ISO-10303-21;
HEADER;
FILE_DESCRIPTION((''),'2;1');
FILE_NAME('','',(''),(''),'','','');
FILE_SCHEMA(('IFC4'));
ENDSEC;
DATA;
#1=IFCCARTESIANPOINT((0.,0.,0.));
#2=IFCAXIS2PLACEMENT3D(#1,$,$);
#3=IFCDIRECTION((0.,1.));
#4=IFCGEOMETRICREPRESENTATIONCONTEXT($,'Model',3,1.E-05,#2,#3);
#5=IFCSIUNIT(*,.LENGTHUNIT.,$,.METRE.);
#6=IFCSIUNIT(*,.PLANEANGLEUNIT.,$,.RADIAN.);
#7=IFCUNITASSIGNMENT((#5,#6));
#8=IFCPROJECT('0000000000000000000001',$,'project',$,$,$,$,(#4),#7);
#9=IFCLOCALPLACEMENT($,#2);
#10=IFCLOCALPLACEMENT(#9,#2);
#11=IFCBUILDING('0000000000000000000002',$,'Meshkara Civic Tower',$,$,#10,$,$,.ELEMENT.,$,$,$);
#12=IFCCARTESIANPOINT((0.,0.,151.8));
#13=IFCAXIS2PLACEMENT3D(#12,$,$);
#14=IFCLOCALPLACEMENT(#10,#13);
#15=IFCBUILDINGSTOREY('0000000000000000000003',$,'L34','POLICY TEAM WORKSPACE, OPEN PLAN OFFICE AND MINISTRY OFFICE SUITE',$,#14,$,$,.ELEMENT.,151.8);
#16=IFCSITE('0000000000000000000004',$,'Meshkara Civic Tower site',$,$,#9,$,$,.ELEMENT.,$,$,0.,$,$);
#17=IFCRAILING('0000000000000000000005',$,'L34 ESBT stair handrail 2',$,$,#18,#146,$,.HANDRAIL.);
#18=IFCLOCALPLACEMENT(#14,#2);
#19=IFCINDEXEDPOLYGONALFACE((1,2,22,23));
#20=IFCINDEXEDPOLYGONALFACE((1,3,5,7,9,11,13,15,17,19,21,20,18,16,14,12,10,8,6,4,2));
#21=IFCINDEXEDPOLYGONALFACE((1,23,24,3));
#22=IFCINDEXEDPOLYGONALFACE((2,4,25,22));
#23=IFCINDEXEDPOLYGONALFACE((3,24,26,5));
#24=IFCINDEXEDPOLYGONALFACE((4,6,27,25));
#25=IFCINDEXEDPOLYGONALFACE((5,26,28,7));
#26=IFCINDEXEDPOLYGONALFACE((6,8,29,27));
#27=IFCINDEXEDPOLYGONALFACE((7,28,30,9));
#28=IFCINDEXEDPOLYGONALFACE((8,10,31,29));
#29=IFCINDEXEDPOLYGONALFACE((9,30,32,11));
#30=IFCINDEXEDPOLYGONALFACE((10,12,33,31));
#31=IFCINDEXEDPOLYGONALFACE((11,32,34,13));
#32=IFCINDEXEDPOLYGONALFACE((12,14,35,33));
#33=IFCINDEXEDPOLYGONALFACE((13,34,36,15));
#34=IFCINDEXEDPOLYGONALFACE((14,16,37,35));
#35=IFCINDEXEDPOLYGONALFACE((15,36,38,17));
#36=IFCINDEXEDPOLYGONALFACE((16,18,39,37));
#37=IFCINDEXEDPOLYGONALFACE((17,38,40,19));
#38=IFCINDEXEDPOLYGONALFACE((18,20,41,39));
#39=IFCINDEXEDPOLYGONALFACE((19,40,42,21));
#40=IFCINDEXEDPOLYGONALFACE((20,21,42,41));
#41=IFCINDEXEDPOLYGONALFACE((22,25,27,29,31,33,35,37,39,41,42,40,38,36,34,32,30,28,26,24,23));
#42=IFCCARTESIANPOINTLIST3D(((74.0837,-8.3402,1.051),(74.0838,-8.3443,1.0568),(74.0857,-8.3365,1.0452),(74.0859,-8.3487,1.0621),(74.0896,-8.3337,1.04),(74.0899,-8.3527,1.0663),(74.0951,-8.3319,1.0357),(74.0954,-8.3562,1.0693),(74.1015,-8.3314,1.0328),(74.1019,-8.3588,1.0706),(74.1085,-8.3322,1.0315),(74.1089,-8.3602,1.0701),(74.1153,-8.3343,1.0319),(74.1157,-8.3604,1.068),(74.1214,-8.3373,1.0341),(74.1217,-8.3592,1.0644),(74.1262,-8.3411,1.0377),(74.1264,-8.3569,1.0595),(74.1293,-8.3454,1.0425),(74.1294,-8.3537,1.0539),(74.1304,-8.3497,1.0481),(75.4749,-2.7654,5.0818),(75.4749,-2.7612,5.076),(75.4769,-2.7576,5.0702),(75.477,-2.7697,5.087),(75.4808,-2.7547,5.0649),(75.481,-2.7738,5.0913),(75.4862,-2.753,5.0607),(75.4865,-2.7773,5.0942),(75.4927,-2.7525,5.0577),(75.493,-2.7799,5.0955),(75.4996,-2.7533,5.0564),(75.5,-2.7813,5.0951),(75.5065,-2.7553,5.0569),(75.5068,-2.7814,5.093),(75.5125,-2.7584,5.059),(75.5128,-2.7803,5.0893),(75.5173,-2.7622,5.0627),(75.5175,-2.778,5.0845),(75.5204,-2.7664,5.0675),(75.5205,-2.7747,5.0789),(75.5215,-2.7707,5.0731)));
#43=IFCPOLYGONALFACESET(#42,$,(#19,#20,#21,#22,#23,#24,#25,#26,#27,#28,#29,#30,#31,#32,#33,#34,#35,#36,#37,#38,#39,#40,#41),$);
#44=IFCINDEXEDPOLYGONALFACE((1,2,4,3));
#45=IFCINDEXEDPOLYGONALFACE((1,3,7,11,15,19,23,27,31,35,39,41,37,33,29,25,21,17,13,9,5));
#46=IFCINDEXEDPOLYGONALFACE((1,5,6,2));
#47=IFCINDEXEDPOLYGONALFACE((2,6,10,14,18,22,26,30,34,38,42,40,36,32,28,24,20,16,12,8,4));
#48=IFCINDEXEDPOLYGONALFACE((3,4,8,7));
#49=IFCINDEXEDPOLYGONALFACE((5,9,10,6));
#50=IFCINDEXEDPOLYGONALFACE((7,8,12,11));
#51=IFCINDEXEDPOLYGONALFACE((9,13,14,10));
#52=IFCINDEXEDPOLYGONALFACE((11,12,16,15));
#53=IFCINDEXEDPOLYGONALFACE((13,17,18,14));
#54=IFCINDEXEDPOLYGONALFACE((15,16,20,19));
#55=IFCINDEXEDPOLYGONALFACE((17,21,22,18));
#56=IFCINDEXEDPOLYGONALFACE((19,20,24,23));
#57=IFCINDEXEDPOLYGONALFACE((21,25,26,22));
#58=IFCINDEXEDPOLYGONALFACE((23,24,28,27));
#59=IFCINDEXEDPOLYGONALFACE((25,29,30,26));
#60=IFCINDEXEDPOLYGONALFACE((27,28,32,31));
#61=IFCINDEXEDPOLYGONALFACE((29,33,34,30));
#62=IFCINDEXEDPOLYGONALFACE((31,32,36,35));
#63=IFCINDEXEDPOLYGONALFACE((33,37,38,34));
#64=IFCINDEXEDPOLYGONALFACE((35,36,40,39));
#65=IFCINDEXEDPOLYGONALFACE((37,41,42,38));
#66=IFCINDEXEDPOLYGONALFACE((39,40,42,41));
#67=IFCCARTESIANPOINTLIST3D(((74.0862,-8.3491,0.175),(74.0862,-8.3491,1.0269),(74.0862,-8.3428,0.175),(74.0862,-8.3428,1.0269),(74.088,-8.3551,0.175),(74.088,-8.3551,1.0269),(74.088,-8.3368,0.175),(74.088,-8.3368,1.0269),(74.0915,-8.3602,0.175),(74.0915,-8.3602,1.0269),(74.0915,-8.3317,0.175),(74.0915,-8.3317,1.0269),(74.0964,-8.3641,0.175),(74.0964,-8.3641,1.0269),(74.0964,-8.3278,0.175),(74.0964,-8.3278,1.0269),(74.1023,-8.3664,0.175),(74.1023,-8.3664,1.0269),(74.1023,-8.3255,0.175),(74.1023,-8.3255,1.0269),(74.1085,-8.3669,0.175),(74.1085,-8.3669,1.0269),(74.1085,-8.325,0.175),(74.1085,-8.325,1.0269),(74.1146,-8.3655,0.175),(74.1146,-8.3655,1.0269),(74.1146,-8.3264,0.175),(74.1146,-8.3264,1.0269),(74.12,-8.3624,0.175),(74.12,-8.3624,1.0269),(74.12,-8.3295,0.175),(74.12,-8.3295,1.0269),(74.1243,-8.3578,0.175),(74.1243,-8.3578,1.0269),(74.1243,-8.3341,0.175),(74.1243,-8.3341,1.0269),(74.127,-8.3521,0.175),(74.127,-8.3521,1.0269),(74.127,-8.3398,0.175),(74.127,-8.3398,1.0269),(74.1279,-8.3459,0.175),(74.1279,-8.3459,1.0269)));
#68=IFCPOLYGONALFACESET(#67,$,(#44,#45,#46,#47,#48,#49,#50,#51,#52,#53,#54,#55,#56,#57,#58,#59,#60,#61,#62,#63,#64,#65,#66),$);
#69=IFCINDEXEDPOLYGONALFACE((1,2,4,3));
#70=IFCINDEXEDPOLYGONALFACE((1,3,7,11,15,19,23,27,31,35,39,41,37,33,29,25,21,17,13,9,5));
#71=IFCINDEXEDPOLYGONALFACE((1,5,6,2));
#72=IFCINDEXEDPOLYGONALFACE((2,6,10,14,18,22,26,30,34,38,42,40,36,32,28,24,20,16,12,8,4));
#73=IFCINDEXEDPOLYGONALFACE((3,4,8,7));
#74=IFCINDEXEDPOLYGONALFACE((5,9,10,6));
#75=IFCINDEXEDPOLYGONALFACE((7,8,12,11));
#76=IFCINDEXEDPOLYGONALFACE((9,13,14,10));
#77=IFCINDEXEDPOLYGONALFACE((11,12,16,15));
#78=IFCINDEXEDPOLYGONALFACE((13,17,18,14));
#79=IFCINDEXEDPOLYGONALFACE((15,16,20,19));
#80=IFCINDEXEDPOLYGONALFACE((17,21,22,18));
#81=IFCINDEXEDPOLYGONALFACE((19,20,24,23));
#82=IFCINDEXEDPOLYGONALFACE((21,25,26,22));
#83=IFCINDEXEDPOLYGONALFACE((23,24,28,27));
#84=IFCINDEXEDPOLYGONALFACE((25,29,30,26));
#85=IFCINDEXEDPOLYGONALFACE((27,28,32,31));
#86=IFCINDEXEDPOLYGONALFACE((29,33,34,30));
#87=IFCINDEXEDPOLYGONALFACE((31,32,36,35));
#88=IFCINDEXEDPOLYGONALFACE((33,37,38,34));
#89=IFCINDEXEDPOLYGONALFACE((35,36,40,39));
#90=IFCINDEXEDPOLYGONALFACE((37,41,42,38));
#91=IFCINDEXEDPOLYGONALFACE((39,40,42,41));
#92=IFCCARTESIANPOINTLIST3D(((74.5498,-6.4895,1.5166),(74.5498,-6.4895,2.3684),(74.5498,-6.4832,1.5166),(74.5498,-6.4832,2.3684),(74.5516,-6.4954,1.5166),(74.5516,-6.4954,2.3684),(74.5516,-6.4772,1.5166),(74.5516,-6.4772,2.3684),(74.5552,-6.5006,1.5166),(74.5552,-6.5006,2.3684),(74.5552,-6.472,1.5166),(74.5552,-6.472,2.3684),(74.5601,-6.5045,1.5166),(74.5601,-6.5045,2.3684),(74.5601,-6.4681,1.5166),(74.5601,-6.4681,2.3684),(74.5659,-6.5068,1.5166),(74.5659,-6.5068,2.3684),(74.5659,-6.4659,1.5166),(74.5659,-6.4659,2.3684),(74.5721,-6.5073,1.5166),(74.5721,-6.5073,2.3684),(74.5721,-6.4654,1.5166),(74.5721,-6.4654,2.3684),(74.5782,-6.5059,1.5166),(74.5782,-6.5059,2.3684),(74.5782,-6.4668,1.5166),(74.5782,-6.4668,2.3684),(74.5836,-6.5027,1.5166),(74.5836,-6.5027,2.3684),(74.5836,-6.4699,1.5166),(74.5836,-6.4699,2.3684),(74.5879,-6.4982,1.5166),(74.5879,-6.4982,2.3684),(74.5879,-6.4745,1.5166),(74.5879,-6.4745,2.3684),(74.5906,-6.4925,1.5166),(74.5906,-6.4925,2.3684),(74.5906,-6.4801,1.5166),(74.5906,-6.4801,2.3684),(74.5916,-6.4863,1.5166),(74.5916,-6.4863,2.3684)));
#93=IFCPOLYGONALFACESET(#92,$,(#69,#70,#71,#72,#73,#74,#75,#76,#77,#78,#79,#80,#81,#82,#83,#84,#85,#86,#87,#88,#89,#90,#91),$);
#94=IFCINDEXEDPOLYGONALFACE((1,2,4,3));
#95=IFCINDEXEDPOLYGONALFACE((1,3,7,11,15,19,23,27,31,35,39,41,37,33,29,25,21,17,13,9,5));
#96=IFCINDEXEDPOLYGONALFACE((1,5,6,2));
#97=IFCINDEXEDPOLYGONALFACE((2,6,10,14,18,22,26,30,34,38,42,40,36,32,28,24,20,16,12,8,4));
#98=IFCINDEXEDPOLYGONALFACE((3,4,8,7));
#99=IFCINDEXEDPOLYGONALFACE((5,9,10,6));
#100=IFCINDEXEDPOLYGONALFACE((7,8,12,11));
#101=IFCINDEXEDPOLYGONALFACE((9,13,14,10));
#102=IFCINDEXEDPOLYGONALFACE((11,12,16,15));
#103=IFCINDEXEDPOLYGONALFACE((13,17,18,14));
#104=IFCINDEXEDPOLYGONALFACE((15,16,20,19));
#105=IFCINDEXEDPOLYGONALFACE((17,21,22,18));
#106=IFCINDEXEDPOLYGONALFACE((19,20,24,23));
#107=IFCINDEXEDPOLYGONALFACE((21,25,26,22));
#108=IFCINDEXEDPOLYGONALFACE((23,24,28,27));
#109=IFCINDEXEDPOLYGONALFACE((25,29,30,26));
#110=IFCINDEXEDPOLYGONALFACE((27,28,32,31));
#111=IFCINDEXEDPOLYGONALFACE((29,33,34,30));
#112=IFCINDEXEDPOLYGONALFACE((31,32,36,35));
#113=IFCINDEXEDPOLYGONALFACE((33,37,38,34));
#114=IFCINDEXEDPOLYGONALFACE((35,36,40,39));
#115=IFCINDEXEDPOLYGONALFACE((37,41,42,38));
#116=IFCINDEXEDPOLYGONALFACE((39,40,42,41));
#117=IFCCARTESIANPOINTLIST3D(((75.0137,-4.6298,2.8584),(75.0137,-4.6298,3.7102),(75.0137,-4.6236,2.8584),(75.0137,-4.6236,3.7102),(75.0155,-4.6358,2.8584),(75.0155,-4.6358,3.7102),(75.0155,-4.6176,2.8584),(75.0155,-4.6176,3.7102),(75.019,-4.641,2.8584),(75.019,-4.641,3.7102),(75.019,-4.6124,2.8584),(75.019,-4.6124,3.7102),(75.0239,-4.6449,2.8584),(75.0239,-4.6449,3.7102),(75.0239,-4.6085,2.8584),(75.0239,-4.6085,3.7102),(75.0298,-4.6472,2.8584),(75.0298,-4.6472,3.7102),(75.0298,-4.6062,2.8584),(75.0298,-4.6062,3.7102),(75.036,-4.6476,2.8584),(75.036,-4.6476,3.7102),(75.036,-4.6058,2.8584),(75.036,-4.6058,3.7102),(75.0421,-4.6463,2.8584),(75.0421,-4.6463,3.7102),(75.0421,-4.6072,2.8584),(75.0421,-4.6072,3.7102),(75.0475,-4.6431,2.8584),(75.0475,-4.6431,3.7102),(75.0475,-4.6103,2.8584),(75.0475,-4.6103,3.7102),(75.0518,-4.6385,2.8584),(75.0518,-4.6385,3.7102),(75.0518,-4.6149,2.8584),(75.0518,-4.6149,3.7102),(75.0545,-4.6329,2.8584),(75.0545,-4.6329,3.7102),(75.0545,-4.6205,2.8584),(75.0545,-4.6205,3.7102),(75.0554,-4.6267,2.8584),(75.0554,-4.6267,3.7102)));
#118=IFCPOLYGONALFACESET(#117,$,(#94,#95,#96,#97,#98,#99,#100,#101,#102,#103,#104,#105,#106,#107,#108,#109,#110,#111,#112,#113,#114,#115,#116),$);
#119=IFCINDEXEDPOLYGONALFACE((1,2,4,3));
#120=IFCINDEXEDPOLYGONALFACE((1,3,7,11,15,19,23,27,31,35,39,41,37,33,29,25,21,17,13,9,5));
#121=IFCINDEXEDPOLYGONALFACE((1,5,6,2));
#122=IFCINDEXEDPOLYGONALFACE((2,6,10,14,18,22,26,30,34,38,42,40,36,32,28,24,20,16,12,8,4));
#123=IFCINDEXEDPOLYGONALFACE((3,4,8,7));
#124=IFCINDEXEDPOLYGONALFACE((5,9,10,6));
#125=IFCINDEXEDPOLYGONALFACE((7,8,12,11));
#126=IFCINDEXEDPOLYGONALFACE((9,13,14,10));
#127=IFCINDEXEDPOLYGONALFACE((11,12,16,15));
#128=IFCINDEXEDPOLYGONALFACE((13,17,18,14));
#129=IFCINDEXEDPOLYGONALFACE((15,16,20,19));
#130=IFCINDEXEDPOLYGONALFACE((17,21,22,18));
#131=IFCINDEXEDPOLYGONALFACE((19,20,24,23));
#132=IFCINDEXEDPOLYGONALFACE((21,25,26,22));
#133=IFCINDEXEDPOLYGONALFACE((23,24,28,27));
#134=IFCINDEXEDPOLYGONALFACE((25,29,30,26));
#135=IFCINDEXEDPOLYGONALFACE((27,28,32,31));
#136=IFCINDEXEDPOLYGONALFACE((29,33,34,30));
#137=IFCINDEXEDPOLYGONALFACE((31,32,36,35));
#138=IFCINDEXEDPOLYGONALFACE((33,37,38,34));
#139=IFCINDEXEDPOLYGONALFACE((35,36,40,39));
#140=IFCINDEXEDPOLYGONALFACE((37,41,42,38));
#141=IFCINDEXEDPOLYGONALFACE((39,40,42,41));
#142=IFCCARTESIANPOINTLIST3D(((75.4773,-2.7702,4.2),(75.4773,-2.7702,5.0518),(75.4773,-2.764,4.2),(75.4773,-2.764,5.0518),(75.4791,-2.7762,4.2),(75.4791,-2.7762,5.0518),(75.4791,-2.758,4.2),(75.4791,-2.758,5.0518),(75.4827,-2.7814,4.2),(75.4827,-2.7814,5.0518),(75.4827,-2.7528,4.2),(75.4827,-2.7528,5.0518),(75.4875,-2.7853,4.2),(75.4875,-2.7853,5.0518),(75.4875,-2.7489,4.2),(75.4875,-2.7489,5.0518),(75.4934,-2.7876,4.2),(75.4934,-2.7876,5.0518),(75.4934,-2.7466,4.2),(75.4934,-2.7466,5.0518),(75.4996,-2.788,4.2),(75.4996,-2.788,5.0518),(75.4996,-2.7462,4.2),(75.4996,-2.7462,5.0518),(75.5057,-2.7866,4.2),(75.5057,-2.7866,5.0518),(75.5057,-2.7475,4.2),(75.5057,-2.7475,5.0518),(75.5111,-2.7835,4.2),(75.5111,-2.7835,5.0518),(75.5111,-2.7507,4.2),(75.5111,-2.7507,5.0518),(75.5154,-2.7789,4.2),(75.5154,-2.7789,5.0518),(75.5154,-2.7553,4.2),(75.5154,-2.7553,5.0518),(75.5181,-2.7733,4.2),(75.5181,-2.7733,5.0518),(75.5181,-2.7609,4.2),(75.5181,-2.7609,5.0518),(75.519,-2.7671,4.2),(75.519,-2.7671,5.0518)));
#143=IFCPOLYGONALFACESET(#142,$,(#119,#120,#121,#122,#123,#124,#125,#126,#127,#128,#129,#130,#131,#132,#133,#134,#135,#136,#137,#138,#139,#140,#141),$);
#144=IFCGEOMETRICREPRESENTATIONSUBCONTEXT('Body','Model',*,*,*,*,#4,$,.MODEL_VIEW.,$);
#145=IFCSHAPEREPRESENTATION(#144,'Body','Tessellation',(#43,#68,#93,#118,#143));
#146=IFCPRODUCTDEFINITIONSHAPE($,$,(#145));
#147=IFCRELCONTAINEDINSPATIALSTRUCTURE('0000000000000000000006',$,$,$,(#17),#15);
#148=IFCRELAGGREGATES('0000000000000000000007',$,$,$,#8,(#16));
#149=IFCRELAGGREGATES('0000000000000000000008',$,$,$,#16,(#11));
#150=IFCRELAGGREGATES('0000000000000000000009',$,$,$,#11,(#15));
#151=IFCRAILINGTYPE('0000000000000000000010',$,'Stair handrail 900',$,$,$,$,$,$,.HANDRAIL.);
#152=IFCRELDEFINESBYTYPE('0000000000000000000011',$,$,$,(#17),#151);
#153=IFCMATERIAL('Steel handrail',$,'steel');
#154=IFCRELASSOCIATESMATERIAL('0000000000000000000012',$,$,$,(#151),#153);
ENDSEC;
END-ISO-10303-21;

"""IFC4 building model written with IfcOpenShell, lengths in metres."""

from ifc_helpers import new_model, si_unit, direction, frame, origin, origin_2d, place, context, subcontext, project, spatial, circle, extrude, material, type_object, element, save


model = new_model("IFC4")

# Units and contexts
model_context = context("Model", 3, precision=1e-05, world=origin(), true_north=direction((0.0, 1.0)))
body_context = subcontext(model_context, "Body", "Model", "MODEL_VIEW")
ifc_project = project(units=[si_unit("LENGTHUNIT", "METRE"), si_unit("PLANEANGLEUNIT", "RADIAN")], contexts=[model_context])

# Site, building, storey
site_placement = place(None, origin())
site = spatial("IfcSite", under=ifc_project, at=site_placement, Name="Meshkara Civic Tower site", CompositionType="ELEMENT", RefElevation=0.0)
building_placement = place(site_placement, origin())
building = spatial("IfcBuilding", under=site, at=building_placement, Name="Meshkara Civic Tower", CompositionType="ELEMENT")
storey_placement = place(building_placement, frame((0.0, 0.0, 151.8)))
storey = spatial("IfcBuildingStorey", under=building, at=storey_placement, Name="L34", Description="POLICY TEAM WORKSPACE, OPEN PLAN OFFICE AND MINISTRY OFFICE SUITE", CompositionType="ELEMENT", Elevation=151.8)

# Railing
ifc_material_1 = material(Name="Steel handrail", Category="steel")
railing_type_1 = type_object("IfcRailingType", Name="Stair handrail 900", PredefinedType="HANDRAIL", material=ifc_material_1)
railing_1_placement = place(storey_placement, frame((74.1069, -8.3459, 0.175)))
element("IfcRailing", 1, at=railing_1_placement, inside=storey, type_object=railing_type_1, Name="L34 ESBT stair handrail 2", PredefinedType="HANDRAIL", context=body_context, shape_type="SweptSolid", body=[
    extrude(circle(Radius=0.0239, at=origin_2d()), frame((0.0, 0.0, 0.876), z_axis=(0.198208, 0.794884, 0.573474), x_axis=(-0.97029, 0.241946, 0.0)), (0.0, 0.0, 1.0), 7.0186),
    extrude(circle(Radius=0.021, at=origin_2d()), origin(), (0.0, 0.0, 1.0), 0.8518),
    extrude(circle(Radius=0.021, at=origin_2d()), frame((0.4636, 1.8596, 1.3416)), (0.0, 0.0, 1.0), 0.8518),
    extrude(circle(Radius=0.021, at=origin_2d()), frame((0.9275, 3.7192, 2.6833)), (0.0, 0.0, 1.0), 0.8518),
    extrude(circle(Radius=0.021, at=origin_2d()), frame((1.3911, 5.5789, 4.0249)), (0.0, 0.0, 1.0), 0.8518),
])

save(model, "model.ifc")
